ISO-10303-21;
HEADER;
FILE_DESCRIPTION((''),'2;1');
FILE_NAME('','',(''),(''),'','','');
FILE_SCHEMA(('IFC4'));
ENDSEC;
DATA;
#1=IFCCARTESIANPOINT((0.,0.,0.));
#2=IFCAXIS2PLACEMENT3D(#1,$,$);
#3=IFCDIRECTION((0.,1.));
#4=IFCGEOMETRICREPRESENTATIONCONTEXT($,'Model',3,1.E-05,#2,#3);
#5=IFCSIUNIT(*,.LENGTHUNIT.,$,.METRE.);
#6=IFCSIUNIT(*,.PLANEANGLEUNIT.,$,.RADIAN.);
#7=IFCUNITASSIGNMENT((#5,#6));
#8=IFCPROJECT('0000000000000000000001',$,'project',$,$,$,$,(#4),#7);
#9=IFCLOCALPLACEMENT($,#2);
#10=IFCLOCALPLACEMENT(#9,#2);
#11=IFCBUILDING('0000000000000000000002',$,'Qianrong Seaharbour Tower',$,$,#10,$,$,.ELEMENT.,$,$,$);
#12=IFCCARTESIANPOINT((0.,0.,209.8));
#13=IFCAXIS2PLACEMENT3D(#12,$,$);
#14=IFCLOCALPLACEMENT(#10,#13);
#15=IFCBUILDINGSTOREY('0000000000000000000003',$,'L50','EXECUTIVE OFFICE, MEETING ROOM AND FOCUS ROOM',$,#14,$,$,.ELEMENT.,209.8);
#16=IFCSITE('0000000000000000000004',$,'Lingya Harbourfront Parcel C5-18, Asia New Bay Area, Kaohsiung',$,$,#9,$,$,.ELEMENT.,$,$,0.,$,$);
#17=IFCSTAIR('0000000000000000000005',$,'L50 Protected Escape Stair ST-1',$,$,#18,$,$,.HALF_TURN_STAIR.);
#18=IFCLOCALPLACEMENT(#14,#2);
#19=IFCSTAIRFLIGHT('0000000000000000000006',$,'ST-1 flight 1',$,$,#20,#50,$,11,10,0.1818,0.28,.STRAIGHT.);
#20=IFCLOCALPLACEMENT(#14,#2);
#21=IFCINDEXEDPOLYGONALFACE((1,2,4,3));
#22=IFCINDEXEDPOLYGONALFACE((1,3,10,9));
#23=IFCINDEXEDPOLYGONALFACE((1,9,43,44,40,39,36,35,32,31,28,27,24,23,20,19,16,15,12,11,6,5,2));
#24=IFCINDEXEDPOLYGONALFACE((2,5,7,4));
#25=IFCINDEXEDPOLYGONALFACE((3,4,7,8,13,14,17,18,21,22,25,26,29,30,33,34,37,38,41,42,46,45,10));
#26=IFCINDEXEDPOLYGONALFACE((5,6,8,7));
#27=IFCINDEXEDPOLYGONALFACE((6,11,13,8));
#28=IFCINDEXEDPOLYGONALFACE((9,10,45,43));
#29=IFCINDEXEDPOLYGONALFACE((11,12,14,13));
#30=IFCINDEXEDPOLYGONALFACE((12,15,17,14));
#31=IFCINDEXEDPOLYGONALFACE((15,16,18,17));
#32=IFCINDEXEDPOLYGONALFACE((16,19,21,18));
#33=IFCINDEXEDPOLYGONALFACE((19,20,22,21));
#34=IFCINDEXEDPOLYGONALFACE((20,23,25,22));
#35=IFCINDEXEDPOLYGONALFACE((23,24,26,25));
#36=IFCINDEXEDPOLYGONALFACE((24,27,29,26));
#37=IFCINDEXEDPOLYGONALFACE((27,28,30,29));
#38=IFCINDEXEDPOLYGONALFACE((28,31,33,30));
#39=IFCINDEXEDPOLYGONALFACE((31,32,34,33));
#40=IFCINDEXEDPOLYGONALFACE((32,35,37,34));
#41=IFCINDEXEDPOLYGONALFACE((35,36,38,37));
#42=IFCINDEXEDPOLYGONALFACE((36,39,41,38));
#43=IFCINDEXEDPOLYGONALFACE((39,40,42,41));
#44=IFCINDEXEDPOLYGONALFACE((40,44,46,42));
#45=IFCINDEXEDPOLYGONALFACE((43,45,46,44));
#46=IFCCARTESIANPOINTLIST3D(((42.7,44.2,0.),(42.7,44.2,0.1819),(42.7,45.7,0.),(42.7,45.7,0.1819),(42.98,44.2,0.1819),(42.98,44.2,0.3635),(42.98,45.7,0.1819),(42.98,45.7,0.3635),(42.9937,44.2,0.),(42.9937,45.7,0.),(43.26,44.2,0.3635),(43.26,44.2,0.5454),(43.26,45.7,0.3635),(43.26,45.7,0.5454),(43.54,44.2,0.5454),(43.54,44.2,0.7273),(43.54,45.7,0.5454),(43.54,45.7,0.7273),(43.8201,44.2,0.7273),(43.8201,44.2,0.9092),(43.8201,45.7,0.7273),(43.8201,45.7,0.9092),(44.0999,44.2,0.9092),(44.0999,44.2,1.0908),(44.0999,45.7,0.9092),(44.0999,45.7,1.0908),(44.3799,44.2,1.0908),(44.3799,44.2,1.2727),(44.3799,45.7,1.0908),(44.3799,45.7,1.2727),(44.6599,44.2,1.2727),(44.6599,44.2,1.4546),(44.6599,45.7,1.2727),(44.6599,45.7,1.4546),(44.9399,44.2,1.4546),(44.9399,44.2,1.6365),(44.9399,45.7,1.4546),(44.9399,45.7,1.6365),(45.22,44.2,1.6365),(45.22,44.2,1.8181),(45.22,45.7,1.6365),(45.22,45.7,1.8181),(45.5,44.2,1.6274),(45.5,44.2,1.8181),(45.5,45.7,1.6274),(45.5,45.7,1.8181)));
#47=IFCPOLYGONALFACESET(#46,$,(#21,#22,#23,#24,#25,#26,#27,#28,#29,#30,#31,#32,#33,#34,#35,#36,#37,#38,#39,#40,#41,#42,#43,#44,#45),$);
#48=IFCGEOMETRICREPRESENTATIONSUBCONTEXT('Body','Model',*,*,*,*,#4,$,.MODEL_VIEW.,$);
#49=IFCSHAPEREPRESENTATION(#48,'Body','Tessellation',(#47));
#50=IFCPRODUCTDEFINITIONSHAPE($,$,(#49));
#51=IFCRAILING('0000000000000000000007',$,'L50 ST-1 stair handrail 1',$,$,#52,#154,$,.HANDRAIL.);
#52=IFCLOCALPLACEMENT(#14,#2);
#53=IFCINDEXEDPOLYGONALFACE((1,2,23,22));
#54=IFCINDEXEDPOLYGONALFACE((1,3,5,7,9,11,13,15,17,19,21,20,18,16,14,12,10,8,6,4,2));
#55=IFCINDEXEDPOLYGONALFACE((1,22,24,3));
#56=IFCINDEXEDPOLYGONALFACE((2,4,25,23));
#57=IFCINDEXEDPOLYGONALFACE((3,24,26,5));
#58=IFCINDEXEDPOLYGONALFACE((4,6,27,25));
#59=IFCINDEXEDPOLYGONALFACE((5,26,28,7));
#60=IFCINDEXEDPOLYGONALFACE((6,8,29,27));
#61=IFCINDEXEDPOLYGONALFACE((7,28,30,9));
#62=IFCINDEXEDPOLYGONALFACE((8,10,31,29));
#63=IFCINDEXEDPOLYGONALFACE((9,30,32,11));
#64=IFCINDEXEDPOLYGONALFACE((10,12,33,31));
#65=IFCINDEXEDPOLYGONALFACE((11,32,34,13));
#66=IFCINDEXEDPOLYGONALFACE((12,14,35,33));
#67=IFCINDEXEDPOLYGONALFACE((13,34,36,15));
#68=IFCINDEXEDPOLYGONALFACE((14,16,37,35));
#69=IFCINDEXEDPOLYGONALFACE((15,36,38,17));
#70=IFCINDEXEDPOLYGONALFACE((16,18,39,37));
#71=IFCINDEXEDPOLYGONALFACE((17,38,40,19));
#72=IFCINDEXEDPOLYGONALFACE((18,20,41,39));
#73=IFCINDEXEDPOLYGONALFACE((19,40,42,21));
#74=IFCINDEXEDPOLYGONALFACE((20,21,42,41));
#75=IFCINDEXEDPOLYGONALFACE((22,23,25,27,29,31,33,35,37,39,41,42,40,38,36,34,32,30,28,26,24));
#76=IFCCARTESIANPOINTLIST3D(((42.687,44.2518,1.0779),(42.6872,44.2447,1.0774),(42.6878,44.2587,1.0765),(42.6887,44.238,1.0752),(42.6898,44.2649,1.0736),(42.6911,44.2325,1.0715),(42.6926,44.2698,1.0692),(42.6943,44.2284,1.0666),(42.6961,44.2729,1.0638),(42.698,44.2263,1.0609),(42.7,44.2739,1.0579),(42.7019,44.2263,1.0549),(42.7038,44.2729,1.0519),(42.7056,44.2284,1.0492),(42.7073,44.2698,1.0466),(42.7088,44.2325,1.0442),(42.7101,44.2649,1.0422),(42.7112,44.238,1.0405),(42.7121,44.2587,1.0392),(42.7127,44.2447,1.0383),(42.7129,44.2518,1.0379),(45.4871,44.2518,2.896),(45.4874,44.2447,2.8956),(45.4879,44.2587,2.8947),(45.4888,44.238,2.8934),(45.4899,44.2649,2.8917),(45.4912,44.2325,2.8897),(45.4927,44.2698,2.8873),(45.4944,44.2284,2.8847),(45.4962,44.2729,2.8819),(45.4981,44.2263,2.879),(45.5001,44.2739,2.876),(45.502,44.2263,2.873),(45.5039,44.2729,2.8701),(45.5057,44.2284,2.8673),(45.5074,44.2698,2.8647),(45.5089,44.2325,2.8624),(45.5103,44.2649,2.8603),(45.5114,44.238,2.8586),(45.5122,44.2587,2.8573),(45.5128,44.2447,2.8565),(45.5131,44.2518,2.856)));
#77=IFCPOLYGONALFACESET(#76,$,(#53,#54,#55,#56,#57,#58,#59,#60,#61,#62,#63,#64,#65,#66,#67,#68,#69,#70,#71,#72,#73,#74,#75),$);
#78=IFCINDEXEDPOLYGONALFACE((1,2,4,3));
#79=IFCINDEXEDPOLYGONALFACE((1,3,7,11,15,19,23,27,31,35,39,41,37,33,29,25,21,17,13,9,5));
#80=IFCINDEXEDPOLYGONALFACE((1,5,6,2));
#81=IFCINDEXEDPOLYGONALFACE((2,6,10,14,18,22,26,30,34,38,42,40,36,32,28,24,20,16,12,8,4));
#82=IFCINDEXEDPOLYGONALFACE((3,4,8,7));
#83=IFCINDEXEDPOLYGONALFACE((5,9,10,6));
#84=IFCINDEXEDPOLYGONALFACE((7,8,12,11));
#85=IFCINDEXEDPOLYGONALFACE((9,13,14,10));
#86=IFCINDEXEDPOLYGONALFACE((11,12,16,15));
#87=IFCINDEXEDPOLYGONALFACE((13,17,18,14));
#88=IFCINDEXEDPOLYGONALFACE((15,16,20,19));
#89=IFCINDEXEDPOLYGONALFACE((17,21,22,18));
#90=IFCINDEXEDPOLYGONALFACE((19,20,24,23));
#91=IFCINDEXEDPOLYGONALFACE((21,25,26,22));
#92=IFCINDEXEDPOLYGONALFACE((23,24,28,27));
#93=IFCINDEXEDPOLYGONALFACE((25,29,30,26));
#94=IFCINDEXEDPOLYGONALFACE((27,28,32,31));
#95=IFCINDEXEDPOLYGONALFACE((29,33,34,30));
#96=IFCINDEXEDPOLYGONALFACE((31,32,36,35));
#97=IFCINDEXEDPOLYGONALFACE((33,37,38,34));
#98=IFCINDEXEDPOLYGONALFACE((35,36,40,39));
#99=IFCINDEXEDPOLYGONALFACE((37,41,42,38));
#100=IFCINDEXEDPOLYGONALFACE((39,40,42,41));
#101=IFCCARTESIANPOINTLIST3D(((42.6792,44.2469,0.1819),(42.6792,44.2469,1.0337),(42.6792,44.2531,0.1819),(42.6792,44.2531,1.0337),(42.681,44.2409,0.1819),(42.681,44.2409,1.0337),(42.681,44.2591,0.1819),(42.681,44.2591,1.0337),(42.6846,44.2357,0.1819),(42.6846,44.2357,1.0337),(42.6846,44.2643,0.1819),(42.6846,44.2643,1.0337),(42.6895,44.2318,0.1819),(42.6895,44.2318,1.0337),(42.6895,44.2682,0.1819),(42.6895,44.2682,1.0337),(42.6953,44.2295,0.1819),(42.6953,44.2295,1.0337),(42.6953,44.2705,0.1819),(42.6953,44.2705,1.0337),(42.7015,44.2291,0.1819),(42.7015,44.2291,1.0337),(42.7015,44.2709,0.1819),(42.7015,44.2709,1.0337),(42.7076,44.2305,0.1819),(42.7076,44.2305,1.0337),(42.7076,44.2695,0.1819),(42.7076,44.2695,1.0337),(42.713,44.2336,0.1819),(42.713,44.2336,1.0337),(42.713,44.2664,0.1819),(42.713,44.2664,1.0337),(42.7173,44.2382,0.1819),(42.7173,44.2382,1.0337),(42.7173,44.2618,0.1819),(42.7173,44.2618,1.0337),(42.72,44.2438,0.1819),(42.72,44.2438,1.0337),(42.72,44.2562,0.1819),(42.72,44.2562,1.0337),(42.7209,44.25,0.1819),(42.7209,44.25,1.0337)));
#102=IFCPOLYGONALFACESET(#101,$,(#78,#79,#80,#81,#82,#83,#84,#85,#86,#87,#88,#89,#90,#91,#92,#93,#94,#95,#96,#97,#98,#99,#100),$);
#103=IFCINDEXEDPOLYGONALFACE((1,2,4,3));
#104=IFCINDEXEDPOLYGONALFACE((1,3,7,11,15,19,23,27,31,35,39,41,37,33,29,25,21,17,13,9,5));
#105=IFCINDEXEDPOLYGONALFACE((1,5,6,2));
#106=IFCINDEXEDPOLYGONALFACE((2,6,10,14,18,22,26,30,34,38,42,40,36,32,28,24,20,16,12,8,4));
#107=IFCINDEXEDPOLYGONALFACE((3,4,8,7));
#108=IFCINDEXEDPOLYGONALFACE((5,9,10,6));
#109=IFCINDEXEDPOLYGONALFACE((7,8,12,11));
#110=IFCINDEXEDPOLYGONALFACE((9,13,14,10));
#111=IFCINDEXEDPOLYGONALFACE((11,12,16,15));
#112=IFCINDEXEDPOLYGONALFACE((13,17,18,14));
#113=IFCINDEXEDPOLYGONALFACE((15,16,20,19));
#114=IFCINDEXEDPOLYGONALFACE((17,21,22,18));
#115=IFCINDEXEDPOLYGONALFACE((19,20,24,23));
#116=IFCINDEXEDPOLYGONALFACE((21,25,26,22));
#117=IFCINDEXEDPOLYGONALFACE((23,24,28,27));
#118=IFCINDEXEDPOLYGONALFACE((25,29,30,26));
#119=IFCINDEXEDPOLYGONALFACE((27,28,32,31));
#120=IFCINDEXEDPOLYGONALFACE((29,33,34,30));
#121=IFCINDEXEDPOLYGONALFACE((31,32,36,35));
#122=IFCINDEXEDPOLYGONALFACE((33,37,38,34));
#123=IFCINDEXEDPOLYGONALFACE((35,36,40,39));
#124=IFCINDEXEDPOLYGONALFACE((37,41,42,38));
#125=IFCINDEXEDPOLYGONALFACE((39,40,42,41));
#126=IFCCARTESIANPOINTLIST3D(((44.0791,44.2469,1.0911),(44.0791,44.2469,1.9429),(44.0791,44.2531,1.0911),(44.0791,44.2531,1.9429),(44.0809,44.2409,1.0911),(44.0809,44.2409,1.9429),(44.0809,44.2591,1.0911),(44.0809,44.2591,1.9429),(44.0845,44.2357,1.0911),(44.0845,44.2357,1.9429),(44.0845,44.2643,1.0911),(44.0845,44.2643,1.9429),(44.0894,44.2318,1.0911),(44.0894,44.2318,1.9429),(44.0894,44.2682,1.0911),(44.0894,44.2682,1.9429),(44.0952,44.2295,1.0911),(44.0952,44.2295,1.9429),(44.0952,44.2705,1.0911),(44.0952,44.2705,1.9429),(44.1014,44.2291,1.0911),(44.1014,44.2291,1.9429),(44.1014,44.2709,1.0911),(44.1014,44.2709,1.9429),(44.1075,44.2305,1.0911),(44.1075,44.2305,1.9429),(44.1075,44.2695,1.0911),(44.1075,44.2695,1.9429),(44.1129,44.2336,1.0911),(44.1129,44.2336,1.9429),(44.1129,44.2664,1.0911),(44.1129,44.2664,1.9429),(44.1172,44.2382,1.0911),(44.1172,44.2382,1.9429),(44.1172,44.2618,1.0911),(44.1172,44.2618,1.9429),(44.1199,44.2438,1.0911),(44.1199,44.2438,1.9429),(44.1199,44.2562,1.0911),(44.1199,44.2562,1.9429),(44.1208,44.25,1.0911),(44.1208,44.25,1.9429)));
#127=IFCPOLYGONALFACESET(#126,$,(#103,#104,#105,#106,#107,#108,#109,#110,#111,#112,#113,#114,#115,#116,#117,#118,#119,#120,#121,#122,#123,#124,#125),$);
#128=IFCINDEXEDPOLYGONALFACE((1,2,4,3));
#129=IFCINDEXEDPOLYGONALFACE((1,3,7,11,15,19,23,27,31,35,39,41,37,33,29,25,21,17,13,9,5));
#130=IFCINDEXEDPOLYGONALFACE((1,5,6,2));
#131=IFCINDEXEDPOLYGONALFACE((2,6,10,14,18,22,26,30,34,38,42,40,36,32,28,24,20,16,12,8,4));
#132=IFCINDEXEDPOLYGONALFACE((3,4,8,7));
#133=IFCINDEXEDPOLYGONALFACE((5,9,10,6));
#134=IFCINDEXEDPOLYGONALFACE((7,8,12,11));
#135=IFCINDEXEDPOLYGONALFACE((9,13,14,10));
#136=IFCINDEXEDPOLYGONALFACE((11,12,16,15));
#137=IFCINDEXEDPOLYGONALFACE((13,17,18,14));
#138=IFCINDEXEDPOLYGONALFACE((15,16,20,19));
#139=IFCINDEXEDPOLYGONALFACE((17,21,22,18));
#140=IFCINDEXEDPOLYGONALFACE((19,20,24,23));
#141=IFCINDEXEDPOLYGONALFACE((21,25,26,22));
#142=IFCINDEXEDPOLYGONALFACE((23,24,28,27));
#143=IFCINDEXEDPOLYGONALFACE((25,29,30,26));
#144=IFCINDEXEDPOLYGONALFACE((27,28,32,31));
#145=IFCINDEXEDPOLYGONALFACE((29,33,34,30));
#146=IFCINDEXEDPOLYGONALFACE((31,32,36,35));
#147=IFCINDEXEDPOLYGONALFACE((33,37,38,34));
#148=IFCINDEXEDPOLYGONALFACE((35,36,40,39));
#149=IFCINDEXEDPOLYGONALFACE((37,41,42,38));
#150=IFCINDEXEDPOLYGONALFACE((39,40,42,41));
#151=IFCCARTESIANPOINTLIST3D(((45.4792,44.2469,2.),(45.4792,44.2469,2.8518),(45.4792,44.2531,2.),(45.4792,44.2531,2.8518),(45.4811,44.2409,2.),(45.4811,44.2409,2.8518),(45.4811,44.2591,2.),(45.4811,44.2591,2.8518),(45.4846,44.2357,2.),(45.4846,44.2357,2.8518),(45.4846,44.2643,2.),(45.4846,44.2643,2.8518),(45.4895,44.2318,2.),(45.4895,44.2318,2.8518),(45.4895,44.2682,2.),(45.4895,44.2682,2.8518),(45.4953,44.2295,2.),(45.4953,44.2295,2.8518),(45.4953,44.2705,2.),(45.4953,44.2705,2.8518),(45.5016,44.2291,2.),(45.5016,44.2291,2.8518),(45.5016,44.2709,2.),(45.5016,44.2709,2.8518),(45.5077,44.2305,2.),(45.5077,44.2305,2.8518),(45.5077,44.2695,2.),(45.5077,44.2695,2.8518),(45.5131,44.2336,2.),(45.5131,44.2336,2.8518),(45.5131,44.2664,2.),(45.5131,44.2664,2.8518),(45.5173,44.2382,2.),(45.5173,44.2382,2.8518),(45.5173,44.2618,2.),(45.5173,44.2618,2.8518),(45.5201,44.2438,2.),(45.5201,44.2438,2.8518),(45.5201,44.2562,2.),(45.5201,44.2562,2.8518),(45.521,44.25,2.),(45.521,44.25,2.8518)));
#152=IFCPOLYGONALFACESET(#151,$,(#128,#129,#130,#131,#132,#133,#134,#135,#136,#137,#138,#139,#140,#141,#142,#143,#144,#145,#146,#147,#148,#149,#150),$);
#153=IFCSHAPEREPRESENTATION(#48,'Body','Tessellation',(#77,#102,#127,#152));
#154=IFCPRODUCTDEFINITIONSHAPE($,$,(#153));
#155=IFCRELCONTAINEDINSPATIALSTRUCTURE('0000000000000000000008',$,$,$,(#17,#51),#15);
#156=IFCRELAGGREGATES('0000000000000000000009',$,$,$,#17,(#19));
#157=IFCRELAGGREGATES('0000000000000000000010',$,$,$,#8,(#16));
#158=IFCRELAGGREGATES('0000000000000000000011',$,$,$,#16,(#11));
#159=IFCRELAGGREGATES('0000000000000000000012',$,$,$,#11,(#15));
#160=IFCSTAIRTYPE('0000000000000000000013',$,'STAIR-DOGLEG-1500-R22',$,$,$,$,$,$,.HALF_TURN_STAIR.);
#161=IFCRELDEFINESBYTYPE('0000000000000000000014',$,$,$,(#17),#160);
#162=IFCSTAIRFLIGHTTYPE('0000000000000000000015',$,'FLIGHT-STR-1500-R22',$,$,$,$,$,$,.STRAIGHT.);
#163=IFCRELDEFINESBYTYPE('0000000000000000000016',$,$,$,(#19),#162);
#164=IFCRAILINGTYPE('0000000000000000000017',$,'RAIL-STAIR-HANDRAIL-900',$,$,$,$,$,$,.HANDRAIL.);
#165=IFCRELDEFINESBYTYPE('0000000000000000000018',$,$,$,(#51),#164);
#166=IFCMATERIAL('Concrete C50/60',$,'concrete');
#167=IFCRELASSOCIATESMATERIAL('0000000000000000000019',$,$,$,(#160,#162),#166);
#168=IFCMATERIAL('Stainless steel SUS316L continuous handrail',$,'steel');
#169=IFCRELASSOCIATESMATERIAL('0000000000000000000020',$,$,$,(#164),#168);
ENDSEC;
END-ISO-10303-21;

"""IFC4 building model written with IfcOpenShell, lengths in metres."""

from ifc_helpers import new_model, si_unit, direction, frame, origin, origin_2d, place, context, subcontext, project, spatial, polyline, circle, outline, extrude, material, type_object, element, aggregate, save


model = new_model("IFC4")

# Units and contexts
model_context = context("Model", 3, precision=1e-05, world=origin(), true_north=direction((0.0, 1.0)))
body_context = subcontext(model_context, "Body", "Model", "MODEL_VIEW")
ifc_project = project(units=[si_unit("LENGTHUNIT", "METRE"), si_unit("PLANEANGLEUNIT", "RADIAN")], contexts=[model_context])

# Site, building, storey
site_placement = place(None, origin())
site = spatial("IfcSite", under=ifc_project, at=site_placement, Name="Lingya Harbourfront Parcel C5-18, Asia New Bay Area, Kaohsiung", CompositionType="ELEMENT", RefElevation=0.0)
building_placement = place(site_placement, origin())
building = spatial("IfcBuilding", under=site, at=building_placement, Name="Qianrong Seaharbour Tower", CompositionType="ELEMENT")
storey_placement = place(building_placement, frame((0.0, 0.0, 209.8)))
storey = spatial("IfcBuildingStorey", under=building, at=storey_placement, Name="L50", Description="EXECUTIVE OFFICE, MEETING ROOM AND FOCUS ROOM", CompositionType="ELEMENT", Elevation=209.8)

# Stair, stair flight
ifc_material_1 = material(Name="Concrete C50/60", Category="concrete")
stair_type = type_object("IfcStairType", Name="STAIR-DOGLEG-1500-R22", PredefinedType="HALF_TURN_STAIR", material=ifc_material_1)
stair_placement = place(storey_placement, origin())
stair = element("IfcStair", 1, at=stair_placement, inside=storey, type_object=stair_type, Name="L50 Protected Escape Stair ST-1", PredefinedType="HALF_TURN_STAIR")
stair_flight_type = type_object("IfcStairFlightType", Name="FLIGHT-STR-1500-R22", PredefinedType="STRAIGHT", material=ifc_material_1)
stair_flight_placement = place(storey_placement, frame((42.7, 44.95, 0.0), z_axis=(0.0, 0.0, 1.0), x_axis=(1.0, 0.0, 0.0)))
stair_flight = element("IfcStairFlight", 2, at=stair_flight_placement, type_object=stair_flight_type, Name="ST-1 flight 1", NumberOfRisers=11, NumberOfTreads=10, PredefinedType="STRAIGHT", RiserHeight=0.1818, TreadLength=0.28, context=body_context, shape_type="SweptSolid", body=[
    extrude(outline(polyline([(0.0, 0.0), (0.0, 0.1819), (0.28, 0.1819), (0.28, 0.3635), (0.5601, 0.3635), (0.5601, 0.5454), (0.8401, 0.5454), (0.8401, 0.7273), (1.1201, 0.7273), (1.1201, 0.9092), (1.3999, 0.9092), (1.3999, 1.0908), (1.6799, 1.0908), (1.6799, 1.2727), (1.96, 1.2727), (1.96, 1.4546), (2.24, 1.4546), (2.24, 1.6365), (2.52, 1.6365), (2.52, 1.8181), (2.8, 1.8181), (2.8, 2.0), (2.8, 1.6274), (0.2937, 0.0), (0.0, 0.0)])), frame((0.0, 0.75, 0.0), z_axis=(0.0, -1.0, 0.0), x_axis=(1.0, 0.0, 0.0)), (0.0, 0.0, 1.0), 1.5),
])
aggregate(stair, [stair_flight])

# Railing
ifc_material_2 = material(Name="Stainless steel SUS316L continuous handrail", Category="steel")
railing_type = type_object("IfcRailingType", Name="RAIL-STAIR-HANDRAIL-900", PredefinedType="HANDRAIL", material=ifc_material_2)
railing_placement = place(storey_placement, frame((42.7, 44.25, 0.1819)))
element("IfcRailing", 3, at=railing_placement, inside=storey, type_object=railing_type, Name="L50 ST-1 stair handrail 1", PredefinedType="HANDRAIL", context=body_context, shape_type="SweptSolid", body=[
    extrude(circle(Radius=0.0239, at=origin_2d()), frame((0.0, 0.0, 0.876), z_axis=(0.838706, 0.0, 0.544585), x_axis=(0.0, 1.0, 0.0)), (0.0, 0.0, 1.0), 3.3386),
    extrude(circle(Radius=0.021, at=origin_2d()), origin(), (0.0, 0.0, 1.0), 0.8518),
    extrude(circle(Radius=0.021, at=origin_2d()), frame((1.3999, 0.0, 0.9092)), (0.0, 0.0, 1.0), 0.8518),
    extrude(circle(Radius=0.021, at=origin_2d()), frame((2.8, 0.0, 1.8181)), (0.0, 0.0, 1.0), 0.8518),
])

save(model, "model.ifc")
